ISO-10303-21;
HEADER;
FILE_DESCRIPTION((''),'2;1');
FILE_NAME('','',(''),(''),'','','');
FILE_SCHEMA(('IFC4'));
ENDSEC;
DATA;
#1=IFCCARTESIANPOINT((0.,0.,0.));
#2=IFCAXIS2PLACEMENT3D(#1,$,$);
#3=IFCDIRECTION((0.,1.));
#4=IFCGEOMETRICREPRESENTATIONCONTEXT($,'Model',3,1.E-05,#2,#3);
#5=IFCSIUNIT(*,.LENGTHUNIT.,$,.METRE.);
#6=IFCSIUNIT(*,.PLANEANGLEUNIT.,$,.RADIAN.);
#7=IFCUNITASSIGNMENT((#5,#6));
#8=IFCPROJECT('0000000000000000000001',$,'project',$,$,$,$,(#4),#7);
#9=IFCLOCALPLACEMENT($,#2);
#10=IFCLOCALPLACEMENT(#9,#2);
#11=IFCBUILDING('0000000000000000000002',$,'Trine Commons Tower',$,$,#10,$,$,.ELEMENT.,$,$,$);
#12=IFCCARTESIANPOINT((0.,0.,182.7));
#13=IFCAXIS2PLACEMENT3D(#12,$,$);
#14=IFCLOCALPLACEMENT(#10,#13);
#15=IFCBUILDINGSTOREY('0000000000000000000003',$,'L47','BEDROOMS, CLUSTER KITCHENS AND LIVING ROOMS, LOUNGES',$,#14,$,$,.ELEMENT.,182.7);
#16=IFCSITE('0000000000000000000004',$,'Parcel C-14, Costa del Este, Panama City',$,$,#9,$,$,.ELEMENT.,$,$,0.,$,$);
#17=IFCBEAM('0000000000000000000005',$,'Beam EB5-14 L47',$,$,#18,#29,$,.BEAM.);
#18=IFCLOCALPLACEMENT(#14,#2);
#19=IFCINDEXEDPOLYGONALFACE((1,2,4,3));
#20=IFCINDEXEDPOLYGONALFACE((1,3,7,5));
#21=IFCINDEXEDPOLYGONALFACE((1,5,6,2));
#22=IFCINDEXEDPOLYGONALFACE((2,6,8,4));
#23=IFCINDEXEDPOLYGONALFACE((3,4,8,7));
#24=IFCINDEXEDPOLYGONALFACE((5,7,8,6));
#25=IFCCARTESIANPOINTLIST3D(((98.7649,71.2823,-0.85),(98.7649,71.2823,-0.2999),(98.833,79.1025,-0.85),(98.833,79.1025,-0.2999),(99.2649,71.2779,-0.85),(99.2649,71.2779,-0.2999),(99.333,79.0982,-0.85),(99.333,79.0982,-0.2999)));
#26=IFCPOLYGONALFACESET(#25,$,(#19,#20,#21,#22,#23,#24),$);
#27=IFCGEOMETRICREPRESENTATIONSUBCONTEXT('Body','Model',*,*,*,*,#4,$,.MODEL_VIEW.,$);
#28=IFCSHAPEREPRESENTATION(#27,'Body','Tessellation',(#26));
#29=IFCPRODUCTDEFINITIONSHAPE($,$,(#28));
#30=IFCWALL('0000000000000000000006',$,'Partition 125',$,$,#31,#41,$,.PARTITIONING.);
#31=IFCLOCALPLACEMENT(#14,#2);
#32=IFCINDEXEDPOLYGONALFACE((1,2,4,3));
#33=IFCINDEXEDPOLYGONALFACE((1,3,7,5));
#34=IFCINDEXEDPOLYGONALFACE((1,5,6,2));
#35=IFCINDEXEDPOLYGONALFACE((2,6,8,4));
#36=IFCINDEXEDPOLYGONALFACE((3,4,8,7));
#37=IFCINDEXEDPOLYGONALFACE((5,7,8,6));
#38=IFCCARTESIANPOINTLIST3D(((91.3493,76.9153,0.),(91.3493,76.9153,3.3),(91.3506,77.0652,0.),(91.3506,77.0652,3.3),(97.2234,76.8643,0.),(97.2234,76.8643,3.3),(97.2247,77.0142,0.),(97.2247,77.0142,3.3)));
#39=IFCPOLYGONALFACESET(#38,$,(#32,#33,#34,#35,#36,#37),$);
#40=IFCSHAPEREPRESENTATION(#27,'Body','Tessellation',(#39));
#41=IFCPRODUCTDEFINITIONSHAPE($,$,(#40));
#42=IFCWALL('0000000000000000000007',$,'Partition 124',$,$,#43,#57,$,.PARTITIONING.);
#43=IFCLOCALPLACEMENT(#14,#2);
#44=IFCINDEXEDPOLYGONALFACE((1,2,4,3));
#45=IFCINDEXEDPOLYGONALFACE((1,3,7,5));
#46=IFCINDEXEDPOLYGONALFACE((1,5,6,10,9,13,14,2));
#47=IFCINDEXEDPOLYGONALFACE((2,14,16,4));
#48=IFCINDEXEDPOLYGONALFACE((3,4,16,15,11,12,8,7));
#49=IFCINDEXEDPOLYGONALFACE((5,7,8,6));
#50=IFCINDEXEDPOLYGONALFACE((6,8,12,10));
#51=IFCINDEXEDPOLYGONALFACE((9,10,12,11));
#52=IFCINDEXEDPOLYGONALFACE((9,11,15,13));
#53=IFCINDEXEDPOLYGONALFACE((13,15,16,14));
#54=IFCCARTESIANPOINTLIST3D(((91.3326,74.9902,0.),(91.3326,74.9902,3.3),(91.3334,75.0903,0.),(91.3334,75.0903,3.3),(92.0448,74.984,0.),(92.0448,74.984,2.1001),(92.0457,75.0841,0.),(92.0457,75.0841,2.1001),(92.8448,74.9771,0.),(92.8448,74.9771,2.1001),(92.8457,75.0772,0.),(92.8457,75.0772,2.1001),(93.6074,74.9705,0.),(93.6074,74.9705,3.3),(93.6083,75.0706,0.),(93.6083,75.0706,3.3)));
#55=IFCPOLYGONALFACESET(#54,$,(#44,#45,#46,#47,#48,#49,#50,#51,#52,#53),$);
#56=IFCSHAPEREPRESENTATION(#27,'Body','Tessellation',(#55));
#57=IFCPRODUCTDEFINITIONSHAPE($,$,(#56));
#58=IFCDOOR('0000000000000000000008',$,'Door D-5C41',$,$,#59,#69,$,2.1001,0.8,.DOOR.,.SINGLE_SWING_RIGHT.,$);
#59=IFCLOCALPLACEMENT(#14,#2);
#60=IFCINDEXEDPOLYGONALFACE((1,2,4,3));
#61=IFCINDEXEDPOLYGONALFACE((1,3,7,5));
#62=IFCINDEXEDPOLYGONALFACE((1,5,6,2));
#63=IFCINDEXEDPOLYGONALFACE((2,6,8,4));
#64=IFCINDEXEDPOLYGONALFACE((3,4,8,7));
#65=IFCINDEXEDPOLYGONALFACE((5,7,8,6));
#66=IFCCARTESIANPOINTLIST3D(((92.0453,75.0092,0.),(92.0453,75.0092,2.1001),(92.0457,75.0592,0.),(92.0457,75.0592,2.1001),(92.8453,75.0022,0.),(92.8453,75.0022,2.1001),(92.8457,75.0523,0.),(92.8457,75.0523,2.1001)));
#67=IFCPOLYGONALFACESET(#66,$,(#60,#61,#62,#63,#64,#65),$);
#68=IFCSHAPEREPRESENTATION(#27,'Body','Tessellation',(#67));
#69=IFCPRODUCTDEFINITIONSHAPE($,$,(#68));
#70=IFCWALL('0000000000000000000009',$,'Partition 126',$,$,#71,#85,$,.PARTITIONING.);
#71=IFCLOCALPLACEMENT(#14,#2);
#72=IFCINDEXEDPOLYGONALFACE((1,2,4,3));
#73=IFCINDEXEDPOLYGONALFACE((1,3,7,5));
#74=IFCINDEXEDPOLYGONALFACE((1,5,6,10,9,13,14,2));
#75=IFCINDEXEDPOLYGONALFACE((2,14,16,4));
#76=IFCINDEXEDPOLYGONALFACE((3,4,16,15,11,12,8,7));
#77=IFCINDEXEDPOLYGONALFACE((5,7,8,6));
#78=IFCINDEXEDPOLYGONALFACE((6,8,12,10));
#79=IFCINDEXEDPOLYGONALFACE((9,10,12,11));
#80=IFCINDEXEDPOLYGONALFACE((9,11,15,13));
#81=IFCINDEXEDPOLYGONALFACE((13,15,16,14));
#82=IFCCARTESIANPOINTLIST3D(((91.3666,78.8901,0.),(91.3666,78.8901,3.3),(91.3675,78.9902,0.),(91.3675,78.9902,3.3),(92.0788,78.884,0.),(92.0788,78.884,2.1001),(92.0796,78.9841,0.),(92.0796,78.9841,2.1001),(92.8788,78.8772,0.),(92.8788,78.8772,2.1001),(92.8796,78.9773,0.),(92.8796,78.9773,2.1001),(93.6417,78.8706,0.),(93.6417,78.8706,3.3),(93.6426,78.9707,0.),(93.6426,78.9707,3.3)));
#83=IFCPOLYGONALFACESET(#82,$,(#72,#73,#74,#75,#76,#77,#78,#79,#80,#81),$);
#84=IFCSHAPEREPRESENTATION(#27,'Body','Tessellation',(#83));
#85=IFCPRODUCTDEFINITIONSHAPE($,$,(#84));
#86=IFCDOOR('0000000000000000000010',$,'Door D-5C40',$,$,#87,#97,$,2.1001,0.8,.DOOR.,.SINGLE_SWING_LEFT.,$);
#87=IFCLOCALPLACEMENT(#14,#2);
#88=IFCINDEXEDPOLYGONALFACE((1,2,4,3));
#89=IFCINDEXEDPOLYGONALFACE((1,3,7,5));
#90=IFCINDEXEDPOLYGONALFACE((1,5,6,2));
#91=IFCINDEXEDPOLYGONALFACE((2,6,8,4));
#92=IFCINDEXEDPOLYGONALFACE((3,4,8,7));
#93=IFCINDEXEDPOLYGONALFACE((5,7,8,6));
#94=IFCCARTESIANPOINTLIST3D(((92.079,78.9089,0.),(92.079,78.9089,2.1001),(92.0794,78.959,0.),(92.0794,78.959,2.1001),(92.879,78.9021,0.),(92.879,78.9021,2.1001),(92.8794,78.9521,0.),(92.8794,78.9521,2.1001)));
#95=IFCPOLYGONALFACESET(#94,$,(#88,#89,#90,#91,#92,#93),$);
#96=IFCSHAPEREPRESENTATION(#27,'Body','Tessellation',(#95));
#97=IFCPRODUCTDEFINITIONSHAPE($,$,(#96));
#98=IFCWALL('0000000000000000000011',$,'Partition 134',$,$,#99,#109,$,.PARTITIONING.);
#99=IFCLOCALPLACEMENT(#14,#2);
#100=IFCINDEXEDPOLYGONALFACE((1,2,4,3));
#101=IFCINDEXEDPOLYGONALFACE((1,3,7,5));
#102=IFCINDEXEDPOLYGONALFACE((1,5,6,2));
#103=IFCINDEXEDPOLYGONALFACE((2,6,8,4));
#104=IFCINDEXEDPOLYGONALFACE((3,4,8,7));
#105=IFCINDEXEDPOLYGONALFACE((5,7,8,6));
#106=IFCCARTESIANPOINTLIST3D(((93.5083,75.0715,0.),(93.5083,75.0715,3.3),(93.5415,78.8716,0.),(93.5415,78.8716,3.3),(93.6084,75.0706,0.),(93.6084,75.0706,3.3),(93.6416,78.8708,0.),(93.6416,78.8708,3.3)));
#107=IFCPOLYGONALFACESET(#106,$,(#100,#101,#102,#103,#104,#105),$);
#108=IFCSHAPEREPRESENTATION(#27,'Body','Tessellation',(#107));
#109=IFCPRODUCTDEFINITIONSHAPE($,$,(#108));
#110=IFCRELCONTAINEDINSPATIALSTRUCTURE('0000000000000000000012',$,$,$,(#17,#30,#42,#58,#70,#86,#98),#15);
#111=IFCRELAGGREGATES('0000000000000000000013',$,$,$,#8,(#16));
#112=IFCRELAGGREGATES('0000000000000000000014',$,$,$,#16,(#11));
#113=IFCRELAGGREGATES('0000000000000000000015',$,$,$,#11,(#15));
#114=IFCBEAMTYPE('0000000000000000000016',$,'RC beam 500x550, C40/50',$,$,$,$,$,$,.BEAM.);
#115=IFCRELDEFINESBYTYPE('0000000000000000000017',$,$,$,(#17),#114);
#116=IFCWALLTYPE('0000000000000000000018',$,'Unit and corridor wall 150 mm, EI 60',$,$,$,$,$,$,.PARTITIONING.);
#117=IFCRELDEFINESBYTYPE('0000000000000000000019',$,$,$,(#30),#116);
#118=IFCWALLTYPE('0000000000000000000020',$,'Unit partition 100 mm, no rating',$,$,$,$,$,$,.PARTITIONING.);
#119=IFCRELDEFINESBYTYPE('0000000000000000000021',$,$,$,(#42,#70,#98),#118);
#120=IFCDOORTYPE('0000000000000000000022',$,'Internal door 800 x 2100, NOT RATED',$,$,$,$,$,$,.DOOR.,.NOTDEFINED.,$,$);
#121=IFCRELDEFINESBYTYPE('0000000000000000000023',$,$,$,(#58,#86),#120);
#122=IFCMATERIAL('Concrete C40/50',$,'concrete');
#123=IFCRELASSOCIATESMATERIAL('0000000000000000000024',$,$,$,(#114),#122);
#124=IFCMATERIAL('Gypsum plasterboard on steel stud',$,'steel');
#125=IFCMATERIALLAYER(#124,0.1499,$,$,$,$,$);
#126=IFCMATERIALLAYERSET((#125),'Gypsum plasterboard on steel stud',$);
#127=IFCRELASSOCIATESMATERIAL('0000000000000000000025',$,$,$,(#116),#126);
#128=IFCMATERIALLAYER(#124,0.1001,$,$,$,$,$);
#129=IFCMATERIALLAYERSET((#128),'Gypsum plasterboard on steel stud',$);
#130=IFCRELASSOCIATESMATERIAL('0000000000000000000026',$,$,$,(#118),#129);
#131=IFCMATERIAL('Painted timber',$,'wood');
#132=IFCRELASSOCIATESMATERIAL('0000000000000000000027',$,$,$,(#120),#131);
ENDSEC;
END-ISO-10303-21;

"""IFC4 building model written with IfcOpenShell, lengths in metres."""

from ifc_helpers import new_model, si_unit, direction, frame, frame_2d, origin, origin_2d, place, context, subcontext, project, spatial, rectangle, extrude, material, layer, layer_set, material_profile, profile_set, type_object, element, fill, save


model = new_model("IFC4")

# Units and contexts
model_context = context("Model", 3, precision=1e-05, world=origin(), true_north=direction((0.0, 1.0)))
body_context = subcontext(model_context, "Body", "Model", "MODEL_VIEW")
ifc_project = project(units=[si_unit("LENGTHUNIT", "METRE"), si_unit("PLANEANGLEUNIT", "RADIAN")], contexts=[model_context])

# Site, building, storey
site_placement = place(None, origin())
site = spatial("IfcSite", under=ifc_project, at=site_placement, Name="Parcel C-14, Costa del Este, Panama City", CompositionType="ELEMENT", RefElevation=0.0)
building_placement = place(site_placement, origin())
building = spatial("IfcBuilding", under=site, at=building_placement, Name="Trine Commons Tower", CompositionType="ELEMENT")
storey_placement = place(building_placement, frame((0.0, 0.0, 182.7)))
storey = spatial("IfcBuildingStorey", under=building, at=storey_placement, Name="L47", Description="BEDROOMS, CLUSTER KITCHENS AND LIVING ROOMS, LOUNGES", CompositionType="ELEMENT", Elevation=182.7)

# Beam
ifc_material_1 = material(Name="Concrete C40/50", Category="concrete")
ifc_material_profile = material_profile(ifc_material_1, rectangle(XDim=0.5, YDim=0.55, at=origin_2d()), Name="RC 500x550")
ifc_profile_set = profile_set([ifc_material_profile], Name="Concrete C40/50")
beam_type = type_object("IfcBeamType", Name="RC beam 500x550, C40/50", PredefinedType="BEAM", material=ifc_profile_set)
beam_placement = place(storey_placement, frame((99.083, 79.1003, -0.575), z_axis=(-0.00871, -0.999962, 0.0), x_axis=(0.999962, -0.00871, 0.0)))
element("IfcBeam", 1, at=beam_placement, inside=storey, type_object=beam_type, Name="Beam EB5-14 L47", PredefinedType="BEAM", context=body_context, shape_type="SweptSolid", body=[
    extrude(rectangle(XDim=0.5, YDim=0.55, at=origin_2d()), origin(), (0.0, 0.0, 1.0), 7.8206),
])

# Wall
ifc_material_2 = material(Name="Gypsum plasterboard on steel stud", Category="steel")
ifc_layer_1 = layer(ifc_material_2, 0.1499)
ifc_layer_set_1 = layer_set([ifc_layer_1], Name="Gypsum plasterboard on steel stud")
wall_type_1 = type_object("IfcWallType", Name="Unit and corridor wall 150 mm, EI 60", PredefinedType="PARTITIONING", material=ifc_layer_set_1)
wall_1_placement = place(storey_placement, frame((91.3501, 76.9902, 0.0), z_axis=(0.0, 0.0, 1.0), x_axis=(0.999962, -0.008686, 0.0)))
element("IfcWall", 2, at=wall_1_placement, inside=storey, type_object=wall_type_1, Name="Partition 125", PredefinedType="PARTITIONING", context=body_context, shape_type="SweptSolid", body=[
    extrude(rectangle(XDim=5.8743, YDim=0.1499, at=frame_2d((2.937, 0.0))), origin(), (0.0, 0.0, 1.0), 3.3),
])

# Walls, openings, doors
ifc_layer_2 = layer(ifc_material_2, 0.1001)
ifc_layer_set_2 = layer_set([ifc_layer_2], Name="Gypsum plasterboard on steel stud")
wall_type_2 = type_object("IfcWallType", Name="Unit partition 100 mm, no rating", PredefinedType="PARTITIONING", material=ifc_layer_set_2)
wall_2_placement = place(storey_placement, frame((91.333, 75.0403, 0.0), z_axis=(0.0, 0.0, 1.0), x_axis=(0.999962, -0.008693, 0.0)))
wall_2 = element("IfcWall", 3, at=wall_2_placement, inside=storey, type_object=wall_type_2, Name="Partition 124", PredefinedType="PARTITIONING", context=body_context, shape_type="SweptSolid", body=[
    extrude(rectangle(XDim=2.2749, YDim=0.1001, at=frame_2d((1.1375, 0.0))), origin(), (0.0, 0.0, 1.0), 3.3),
])
opening_1_placement = place(wall_2_placement, frame((0.7124, 0.0, 0.0)))
opening_1 = element("IfcOpeningElement", 4, at=opening_1_placement, cuts=wall_2, PredefinedType="OPENING", context=body_context, shape_type="SweptSolid", body=[
    extrude(rectangle(XDim=0.8, YDim=2.1001, at=frame_2d((0.3999, 1.05))), frame((0.0, 0.0601, 0.0), z_axis=(0.0, -1.0, 0.0), x_axis=(1.0, 0.0, 0.0)), (0.0, 0.0, 1.0), 0.1201),
])
ifc_material_3 = material(Name="Painted timber", Category="wood")
door_type = type_object("IfcDoorType", Name="Internal door 800 x 2100, NOT RATED", OperationType="NOTDEFINED", PredefinedType="DOOR", material=ifc_material_3)
door_1_placement = place(opening_1_placement, frame((0.8, 0.0, 0.0), z_axis=(0.0, 0.0, 1.0), x_axis=(-1.0, 0.0, 0.0)))
door_1 = element("IfcDoor", 5, at=door_1_placement, inside=storey, type_object=door_type, Name="Door D-5C41", OperationType="SINGLE_SWING_RIGHT", OverallHeight=2.1001, OverallWidth=0.8, PredefinedType="DOOR", context=body_context, shape_type="SweptSolid", body=[
    extrude(rectangle(XDim=0.8, YDim=2.1001, at=frame_2d((0.3999, 1.05))), frame((0.0, 0.0249, 0.0), z_axis=(0.0, -1.0, 0.0), x_axis=(1.0, 0.0, 0.0)), (0.0, 0.0, 1.0), 0.05),
])
fill(opening_1, door_1)
wall_3_placement = place(storey_placement, frame((91.3669, 78.9402, 0.0), z_axis=(0.0, 0.0, 1.0), x_axis=(0.999963, -0.008584, 0.0)))
wall_3 = element("IfcWall", 6, at=wall_3_placement, inside=storey, type_object=wall_type_2, Name="Partition 126", PredefinedType="PARTITIONING", context=body_context, shape_type="SweptSolid", body=[
    extrude(rectangle(XDim=2.2751, YDim=0.1001, at=frame_2d((1.1377, 0.0))), origin(), (0.0, 0.0, 1.0), 3.3),
])
opening_2_placement = place(wall_3_placement, frame((0.7124, 0.0, 0.0)))
opening_2 = element("IfcOpeningElement", 7, at=opening_2_placement, cuts=wall_3, PredefinedType="OPENING", context=body_context, shape_type="SweptSolid", body=[
    extrude(rectangle(XDim=0.8, YDim=2.1001, at=frame_2d((0.3999, 1.05))), frame((0.0, 0.0601, 0.0), z_axis=(0.0, -1.0, 0.0), x_axis=(1.0, 0.0, 0.0)), (0.0, 0.0, 1.0), 0.1201),
])
door_2_placement = place(opening_2_placement, origin())
door_2 = element("IfcDoor", 8, at=door_2_placement, inside=storey, type_object=door_type, Name="Door D-5C40", OperationType="SINGLE_SWING_LEFT", OverallHeight=2.1001, OverallWidth=0.8, PredefinedType="DOOR", context=body_context, shape_type="SweptSolid", body=[
    extrude(rectangle(XDim=0.8, YDim=2.1001, at=frame_2d((0.3999, 1.05))), frame((0.0, 0.0249, 0.0), z_axis=(0.0, -1.0, 0.0), x_axis=(1.0, 0.0, 0.0)), (0.0, 0.0, 1.0), 0.05),
])
fill(opening_2, door_2)

# Wall
wall_4_placement = place(storey_placement, frame((93.5583, 75.071, 0.0), z_axis=(0.0, 0.0, 1.0), x_axis=(0.008737, 0.999962, 0.0)))
element("IfcWall", 9, at=wall_4_placement, inside=storey, type_object=wall_type_2, Name="Partition 134", PredefinedType="PARTITIONING", context=body_context, shape_type="SweptSolid", body=[
    extrude(rectangle(XDim=3.8003, YDim=0.1001, at=frame_2d((1.9001, 0.0))), origin(), (0.0, 0.0, 1.0), 3.3),
])

save(model, "model.ifc")
